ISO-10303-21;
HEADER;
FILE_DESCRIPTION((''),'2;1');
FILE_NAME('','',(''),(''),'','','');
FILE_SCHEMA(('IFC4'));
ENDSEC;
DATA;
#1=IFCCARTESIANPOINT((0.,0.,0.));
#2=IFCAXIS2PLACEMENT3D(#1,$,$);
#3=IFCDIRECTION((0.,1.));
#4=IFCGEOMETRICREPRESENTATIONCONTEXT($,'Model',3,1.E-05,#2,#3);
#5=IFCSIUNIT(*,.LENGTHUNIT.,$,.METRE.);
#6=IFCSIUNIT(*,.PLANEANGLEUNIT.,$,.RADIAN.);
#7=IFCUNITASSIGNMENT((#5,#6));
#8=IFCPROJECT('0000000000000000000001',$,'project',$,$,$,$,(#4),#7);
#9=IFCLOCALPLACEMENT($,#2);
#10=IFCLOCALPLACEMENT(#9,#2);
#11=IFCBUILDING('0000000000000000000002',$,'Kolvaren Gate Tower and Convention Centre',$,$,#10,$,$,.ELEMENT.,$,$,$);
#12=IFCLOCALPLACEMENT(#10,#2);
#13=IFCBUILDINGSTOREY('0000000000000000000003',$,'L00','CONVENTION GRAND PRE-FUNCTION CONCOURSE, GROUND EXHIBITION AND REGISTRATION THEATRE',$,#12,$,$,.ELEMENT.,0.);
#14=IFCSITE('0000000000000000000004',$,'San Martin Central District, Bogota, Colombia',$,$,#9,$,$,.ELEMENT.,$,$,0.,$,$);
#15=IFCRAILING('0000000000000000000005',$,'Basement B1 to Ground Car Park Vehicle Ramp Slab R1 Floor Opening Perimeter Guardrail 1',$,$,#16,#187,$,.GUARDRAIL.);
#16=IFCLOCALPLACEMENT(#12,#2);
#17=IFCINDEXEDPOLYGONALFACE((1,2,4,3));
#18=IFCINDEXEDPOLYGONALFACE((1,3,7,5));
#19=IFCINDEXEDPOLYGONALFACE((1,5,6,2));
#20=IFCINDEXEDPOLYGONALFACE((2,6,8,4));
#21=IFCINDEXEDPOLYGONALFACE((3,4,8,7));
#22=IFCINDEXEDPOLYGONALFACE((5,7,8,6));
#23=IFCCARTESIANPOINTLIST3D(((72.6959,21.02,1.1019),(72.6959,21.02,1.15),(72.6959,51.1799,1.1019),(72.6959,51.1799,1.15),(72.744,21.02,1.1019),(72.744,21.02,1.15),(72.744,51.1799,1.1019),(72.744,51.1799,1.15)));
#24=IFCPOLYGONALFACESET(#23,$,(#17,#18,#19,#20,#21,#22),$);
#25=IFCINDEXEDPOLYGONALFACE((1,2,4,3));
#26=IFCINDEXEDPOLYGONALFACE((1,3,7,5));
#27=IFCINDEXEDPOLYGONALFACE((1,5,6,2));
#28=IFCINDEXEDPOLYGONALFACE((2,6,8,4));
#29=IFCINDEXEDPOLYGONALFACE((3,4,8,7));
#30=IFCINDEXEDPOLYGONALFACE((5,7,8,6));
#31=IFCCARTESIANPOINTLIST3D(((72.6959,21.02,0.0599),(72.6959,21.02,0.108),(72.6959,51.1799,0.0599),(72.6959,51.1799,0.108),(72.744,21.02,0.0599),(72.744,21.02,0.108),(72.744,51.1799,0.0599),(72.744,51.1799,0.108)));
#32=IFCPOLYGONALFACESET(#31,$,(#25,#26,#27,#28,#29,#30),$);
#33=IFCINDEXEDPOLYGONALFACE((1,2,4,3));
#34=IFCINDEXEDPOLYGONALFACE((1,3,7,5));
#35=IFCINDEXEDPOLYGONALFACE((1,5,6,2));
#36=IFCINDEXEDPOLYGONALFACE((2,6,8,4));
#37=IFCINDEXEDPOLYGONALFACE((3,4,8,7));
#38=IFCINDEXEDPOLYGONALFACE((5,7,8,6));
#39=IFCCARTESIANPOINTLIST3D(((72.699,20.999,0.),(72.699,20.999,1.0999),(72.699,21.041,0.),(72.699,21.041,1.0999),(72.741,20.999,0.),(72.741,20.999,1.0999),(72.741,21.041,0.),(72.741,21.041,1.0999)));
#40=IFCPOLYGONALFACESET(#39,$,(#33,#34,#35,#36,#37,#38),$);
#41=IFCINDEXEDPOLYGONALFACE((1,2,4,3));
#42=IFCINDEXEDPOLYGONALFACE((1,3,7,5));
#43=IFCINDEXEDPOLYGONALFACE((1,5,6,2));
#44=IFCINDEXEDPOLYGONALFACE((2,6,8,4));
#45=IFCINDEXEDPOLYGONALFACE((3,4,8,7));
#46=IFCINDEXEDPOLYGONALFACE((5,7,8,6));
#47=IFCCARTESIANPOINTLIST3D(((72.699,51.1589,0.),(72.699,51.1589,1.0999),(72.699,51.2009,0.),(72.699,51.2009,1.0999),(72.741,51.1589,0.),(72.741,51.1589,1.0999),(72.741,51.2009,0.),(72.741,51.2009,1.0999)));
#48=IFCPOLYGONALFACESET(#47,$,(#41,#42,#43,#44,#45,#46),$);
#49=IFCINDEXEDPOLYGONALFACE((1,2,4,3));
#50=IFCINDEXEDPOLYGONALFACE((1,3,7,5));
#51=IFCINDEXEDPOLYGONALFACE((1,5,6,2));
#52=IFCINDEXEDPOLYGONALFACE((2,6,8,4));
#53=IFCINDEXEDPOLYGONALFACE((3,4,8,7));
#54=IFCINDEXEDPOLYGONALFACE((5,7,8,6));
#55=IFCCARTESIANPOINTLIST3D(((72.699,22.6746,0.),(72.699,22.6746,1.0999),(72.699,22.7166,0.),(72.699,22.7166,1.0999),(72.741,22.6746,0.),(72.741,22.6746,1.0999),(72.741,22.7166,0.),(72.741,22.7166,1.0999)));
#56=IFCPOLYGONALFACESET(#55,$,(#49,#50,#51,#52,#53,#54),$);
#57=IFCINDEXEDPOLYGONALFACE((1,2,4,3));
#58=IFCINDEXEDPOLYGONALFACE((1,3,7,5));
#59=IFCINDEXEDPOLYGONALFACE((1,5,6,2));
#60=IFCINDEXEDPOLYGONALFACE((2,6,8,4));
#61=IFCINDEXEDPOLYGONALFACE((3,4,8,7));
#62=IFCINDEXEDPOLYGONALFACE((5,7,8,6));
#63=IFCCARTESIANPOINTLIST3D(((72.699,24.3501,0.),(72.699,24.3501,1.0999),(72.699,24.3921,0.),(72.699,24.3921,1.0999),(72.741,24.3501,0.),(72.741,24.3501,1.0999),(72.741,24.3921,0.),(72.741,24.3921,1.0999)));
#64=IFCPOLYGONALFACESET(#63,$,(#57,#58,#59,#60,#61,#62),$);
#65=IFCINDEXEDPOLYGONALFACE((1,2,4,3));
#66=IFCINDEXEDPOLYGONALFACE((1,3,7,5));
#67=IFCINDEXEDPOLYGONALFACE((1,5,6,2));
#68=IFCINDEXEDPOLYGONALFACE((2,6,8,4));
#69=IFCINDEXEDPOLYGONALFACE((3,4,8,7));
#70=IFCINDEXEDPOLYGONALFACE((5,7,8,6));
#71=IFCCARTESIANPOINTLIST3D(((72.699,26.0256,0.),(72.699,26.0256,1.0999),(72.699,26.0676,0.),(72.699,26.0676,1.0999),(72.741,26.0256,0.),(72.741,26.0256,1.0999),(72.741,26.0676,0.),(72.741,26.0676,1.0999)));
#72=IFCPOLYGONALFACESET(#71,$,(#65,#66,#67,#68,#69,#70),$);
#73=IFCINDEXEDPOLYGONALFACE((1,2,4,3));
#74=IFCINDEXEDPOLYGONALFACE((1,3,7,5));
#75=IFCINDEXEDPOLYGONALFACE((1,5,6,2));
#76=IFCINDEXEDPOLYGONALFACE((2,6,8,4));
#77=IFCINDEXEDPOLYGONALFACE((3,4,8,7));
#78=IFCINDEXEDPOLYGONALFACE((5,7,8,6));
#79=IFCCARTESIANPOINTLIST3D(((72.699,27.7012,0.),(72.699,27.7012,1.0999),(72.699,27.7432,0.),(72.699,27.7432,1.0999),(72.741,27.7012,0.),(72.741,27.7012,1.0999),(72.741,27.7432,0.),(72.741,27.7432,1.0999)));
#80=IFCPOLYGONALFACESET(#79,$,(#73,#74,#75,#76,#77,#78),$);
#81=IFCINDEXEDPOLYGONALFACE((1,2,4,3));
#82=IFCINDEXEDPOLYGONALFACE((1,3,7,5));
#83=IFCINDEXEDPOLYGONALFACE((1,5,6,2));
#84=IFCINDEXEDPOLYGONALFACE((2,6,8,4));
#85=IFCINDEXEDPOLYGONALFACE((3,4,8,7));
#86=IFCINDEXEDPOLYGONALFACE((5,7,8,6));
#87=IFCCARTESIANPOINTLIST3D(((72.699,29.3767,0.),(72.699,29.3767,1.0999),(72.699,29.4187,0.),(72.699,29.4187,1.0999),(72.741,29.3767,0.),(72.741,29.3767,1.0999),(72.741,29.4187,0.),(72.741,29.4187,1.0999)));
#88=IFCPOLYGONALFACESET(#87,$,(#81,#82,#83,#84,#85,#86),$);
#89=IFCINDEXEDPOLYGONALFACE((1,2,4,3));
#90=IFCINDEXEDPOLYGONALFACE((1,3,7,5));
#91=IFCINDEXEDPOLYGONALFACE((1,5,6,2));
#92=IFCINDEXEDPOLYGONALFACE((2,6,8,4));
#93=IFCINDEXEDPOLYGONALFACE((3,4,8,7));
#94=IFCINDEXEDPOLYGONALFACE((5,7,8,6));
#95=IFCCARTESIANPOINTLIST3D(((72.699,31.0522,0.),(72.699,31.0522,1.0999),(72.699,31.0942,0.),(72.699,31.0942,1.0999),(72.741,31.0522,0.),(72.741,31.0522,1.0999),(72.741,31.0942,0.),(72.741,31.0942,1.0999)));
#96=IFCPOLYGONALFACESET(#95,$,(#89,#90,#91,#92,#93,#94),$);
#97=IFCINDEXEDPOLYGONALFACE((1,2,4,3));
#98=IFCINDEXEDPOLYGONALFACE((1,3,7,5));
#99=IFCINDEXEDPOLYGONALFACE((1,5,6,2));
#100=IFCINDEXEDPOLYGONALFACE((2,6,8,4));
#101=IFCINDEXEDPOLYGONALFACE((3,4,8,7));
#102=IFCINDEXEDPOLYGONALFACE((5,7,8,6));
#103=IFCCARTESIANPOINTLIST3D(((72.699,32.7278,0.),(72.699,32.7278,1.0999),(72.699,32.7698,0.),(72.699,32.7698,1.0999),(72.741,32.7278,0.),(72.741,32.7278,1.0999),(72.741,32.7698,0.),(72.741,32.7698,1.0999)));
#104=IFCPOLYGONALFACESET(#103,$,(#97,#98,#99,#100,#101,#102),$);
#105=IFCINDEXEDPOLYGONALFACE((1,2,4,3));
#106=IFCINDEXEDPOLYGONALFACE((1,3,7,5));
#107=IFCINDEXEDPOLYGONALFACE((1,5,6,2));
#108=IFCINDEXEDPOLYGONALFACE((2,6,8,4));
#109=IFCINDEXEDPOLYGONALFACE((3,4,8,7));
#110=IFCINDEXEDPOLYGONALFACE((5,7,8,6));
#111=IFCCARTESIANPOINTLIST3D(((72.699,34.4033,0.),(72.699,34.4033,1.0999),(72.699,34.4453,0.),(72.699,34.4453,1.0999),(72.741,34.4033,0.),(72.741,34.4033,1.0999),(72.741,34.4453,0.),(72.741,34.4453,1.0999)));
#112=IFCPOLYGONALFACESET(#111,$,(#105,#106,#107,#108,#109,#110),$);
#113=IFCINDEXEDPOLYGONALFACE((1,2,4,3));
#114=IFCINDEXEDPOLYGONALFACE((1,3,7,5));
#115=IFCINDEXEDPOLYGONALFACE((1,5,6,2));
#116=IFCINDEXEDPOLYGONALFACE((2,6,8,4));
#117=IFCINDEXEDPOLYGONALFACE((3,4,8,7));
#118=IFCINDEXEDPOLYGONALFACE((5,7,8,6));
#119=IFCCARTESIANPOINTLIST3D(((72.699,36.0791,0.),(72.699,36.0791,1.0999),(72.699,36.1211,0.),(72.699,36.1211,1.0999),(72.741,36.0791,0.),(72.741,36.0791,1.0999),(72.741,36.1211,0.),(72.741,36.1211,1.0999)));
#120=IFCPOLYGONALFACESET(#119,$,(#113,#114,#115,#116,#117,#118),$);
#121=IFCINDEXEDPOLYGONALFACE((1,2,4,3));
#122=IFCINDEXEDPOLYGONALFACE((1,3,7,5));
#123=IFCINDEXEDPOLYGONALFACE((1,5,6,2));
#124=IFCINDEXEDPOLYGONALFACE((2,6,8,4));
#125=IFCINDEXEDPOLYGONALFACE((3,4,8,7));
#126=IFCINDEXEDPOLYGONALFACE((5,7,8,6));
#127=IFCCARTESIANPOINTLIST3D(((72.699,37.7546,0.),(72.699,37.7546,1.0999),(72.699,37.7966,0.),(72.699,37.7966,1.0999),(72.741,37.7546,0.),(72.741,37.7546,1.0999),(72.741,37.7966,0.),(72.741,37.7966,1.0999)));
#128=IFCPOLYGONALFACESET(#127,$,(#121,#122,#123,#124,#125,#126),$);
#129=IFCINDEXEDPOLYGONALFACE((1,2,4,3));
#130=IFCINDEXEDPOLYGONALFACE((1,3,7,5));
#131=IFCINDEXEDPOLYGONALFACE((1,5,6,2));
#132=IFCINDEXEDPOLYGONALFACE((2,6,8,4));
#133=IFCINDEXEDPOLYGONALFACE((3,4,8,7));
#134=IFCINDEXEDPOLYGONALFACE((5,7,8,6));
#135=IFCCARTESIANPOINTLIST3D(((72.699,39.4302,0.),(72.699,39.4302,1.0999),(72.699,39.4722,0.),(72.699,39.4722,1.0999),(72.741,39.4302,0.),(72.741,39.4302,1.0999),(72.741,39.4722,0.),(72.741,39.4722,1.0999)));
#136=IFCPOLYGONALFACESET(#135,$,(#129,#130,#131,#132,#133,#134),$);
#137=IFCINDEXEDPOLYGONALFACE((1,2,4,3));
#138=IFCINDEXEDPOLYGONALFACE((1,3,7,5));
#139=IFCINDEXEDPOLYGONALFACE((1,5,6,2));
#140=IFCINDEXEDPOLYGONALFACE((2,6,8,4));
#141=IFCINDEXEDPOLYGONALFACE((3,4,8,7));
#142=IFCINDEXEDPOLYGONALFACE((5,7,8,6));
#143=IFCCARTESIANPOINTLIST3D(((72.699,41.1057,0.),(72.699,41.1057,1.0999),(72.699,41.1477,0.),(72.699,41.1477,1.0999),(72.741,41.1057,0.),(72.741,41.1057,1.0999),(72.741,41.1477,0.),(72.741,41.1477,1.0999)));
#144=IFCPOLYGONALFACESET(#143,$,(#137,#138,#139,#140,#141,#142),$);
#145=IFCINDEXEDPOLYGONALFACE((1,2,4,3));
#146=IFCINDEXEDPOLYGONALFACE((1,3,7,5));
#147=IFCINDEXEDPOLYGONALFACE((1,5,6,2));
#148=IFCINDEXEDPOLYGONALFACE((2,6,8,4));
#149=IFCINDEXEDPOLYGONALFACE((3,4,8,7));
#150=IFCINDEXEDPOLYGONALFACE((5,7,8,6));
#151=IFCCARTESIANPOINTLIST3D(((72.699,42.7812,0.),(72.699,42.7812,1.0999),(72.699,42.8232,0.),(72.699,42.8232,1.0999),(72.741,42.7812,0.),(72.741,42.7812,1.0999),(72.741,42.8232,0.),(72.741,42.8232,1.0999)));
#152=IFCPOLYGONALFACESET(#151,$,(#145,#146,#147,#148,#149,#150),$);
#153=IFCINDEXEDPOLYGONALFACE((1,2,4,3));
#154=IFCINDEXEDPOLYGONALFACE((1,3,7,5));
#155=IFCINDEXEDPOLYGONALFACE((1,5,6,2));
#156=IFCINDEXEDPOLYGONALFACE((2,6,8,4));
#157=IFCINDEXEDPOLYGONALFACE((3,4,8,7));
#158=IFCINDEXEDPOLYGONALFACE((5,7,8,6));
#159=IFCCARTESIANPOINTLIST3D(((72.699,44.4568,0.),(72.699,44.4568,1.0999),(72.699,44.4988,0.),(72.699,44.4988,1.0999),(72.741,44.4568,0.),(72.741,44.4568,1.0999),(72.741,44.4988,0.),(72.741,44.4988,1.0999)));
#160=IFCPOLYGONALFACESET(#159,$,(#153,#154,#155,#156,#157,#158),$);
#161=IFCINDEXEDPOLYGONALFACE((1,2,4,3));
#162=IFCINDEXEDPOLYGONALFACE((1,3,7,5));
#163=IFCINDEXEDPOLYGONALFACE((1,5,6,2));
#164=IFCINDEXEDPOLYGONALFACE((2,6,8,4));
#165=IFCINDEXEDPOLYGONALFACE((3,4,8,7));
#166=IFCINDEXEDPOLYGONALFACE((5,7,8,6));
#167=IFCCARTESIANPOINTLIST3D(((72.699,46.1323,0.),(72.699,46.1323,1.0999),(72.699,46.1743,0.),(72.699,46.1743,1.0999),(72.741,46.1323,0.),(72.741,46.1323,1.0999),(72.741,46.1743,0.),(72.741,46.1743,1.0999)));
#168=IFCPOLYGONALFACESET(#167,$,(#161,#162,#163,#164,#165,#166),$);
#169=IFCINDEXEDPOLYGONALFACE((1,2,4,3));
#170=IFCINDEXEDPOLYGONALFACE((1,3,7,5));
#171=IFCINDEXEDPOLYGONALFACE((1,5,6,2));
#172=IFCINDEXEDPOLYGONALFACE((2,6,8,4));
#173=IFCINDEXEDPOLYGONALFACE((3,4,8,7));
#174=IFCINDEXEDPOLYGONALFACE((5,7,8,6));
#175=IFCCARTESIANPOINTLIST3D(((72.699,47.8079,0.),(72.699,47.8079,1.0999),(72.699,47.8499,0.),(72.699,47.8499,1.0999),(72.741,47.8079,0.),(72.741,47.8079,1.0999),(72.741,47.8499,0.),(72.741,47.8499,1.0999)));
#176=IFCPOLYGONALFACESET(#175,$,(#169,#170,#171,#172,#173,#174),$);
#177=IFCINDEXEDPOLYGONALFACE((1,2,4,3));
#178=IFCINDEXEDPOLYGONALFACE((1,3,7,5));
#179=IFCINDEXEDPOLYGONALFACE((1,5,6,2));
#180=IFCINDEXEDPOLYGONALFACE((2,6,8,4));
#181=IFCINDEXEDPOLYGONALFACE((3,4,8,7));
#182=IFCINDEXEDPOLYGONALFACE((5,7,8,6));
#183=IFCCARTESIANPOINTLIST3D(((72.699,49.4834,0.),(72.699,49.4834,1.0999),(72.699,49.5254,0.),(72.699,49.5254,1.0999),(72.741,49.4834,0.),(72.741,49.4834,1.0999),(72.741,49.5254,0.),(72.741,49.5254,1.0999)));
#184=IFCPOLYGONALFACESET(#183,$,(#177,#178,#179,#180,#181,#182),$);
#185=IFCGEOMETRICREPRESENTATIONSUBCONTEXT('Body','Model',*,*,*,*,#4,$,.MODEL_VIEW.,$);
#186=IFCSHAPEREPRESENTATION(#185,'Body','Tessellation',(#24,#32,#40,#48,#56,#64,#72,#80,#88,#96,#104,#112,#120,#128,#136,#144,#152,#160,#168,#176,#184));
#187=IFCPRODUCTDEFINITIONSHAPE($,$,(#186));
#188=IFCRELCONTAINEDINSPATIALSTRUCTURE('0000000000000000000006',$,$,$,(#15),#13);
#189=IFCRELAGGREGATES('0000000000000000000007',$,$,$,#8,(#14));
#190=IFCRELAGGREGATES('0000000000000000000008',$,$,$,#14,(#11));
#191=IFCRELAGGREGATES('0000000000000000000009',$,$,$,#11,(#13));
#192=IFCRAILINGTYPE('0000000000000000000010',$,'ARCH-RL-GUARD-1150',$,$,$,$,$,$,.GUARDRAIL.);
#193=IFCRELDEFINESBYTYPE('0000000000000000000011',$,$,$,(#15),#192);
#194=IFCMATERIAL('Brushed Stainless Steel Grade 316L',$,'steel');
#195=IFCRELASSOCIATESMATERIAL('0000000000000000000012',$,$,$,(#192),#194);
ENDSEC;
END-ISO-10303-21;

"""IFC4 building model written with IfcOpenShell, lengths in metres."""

from ifc_helpers import new_model, si_unit, direction, frame, origin, origin_2d, place, context, subcontext, project, spatial, rectangle, extrude, material, type_object, element, save


model = new_model("IFC4")

# Units and contexts
model_context = context("Model", 3, precision=1e-05, world=origin(), true_north=direction((0.0, 1.0)))
body_context = subcontext(model_context, "Body", "Model", "MODEL_VIEW")
ifc_project = project(units=[si_unit("LENGTHUNIT", "METRE"), si_unit("PLANEANGLEUNIT", "RADIAN")], contexts=[model_context])

# Site, building, storey
site_placement = place(None, origin())
site = spatial("IfcSite", under=ifc_project, at=site_placement, Name="San Martin Central District, Bogota, Colombia", CompositionType="ELEMENT", RefElevation=0.0)
building_placement = place(site_placement, origin())
building = spatial("IfcBuilding", under=site, at=building_placement, Name="Kolvaren Gate Tower and Convention Centre", CompositionType="ELEMENT")
storey_placement = place(building_placement, origin())
storey = spatial("IfcBuildingStorey", under=building, at=storey_placement, Name="L00", Description="CONVENTION GRAND PRE-FUNCTION CONCOURSE, GROUND EXHIBITION AND REGISTRATION THEATRE", CompositionType="ELEMENT", Elevation=0.0)

# Railing
ifc_material_1 = material(Name="Brushed Stainless Steel Grade 316L", Category="steel")
railing_type = type_object("IfcRailingType", Name="ARCH-RL-GUARD-1150", PredefinedType="GUARDRAIL", material=ifc_material_1)
railing_1_placement = place(storey_placement, frame((72.72, 21.02, 0.0)))
element("IfcRailing", 1, at=railing_1_placement, inside=storey, type_object=railing_type, Name="Basement B1 to Ground Car Park Vehicle Ramp Slab R1 Floor Opening Perimeter Guardrail 1", PredefinedType="GUARDRAIL", context=body_context, shape_type="SweptSolid", body=[
    extrude(rectangle(XDim=0.0481, YDim=0.0481, at=origin_2d()), frame((0.0, 0.0, 1.126), z_axis=(0.0, 1.0, 0.0), x_axis=(-1.0, 0.0, 0.0)), (0.0, 0.0, 1.0), 30.1599),
    extrude(rectangle(XDim=0.0481, YDim=0.0481, at=origin_2d()), frame((0.0, 0.0, 0.084), z_axis=(0.0, 1.0, 0.0), x_axis=(-1.0, 0.0, 0.0)), (0.0, 0.0, 1.0), 30.1599),
    extrude(rectangle(XDim=0.042, YDim=0.042, at=origin_2d()), origin(), (0.0, 0.0, 1.0), 1.0999),
    extrude(rectangle(XDim=0.042, YDim=0.042, at=origin_2d()), frame((0.0, 30.1599, 0.0)), (0.0, 0.0, 1.0), 1.0999),
    extrude(rectangle(XDim=0.042, YDim=0.042, at=origin_2d()), frame((0.0, 1.6755, 0.0)), (0.0, 0.0, 1.0), 1.0999),
    extrude(rectangle(XDim=0.042, YDim=0.042, at=origin_2d()), frame((0.0, 3.3511, 0.0)), (0.0, 0.0, 1.0), 1.0999),
    extrude(rectangle(XDim=0.042, YDim=0.042, at=origin_2d()), frame((0.0, 5.0266, 0.0)), (0.0, 0.0, 1.0), 1.0999),
    extrude(rectangle(XDim=0.042, YDim=0.042, at=origin_2d()), frame((0.0, 6.7021, 0.0)), (0.0, 0.0, 1.0), 1.0999),
    extrude(rectangle(XDim=0.042, YDim=0.042, at=origin_2d()), frame((0.0, 8.3777, 0.0)), (0.0, 0.0, 1.0), 1.0999),
    extrude(rectangle(XDim=0.042, YDim=0.042, at=origin_2d()), frame((0.0, 10.0532, 0.0)), (0.0, 0.0, 1.0), 1.0999),
    extrude(rectangle(XDim=0.042, YDim=0.042, at=origin_2d()), frame((0.0, 11.7288, 0.0)), (0.0, 0.0, 1.0), 1.0999),
    extrude(rectangle(XDim=0.042, YDim=0.042, at=origin_2d()), frame((0.0, 13.4043, 0.0)), (0.0, 0.0, 1.0), 1.0999),
    extrude(rectangle(XDim=0.042, YDim=0.042, at=origin_2d()), frame((0.0, 15.0801, 0.0)), (0.0, 0.0, 1.0), 1.0999),
    extrude(rectangle(XDim=0.042, YDim=0.042, at=origin_2d()), frame((0.0, 16.7556, 0.0)), (0.0, 0.0, 1.0), 1.0999),
    extrude(rectangle(XDim=0.042, YDim=0.042, at=origin_2d()), frame((0.0, 18.4312, 0.0)), (0.0, 0.0, 1.0), 1.0999),
    extrude(rectangle(XDim=0.042, YDim=0.042, at=origin_2d()), frame((0.0, 20.1067, 0.0)), (0.0, 0.0, 1.0), 1.0999),
    extrude(rectangle(XDim=0.042, YDim=0.042, at=origin_2d()), frame((0.0, 21.7822, 0.0)), (0.0, 0.0, 1.0), 1.0999),
    extrude(rectangle(XDim=0.042, YDim=0.042, at=origin_2d()), frame((0.0, 23.4578, 0.0)), (0.0, 0.0, 1.0), 1.0999),
    extrude(rectangle(XDim=0.042, YDim=0.042, at=origin_2d()), frame((0.0, 25.1333, 0.0)), (0.0, 0.0, 1.0), 1.0999),
    extrude(rectangle(XDim=0.042, YDim=0.042, at=origin_2d()), frame((0.0, 26.8088, 0.0)), (0.0, 0.0, 1.0), 1.0999),
    extrude(rectangle(XDim=0.042, YDim=0.042, at=origin_2d()), frame((0.0, 28.4844, 0.0)), (0.0, 0.0, 1.0), 1.0999),
])

save(model, "model.ifc")
